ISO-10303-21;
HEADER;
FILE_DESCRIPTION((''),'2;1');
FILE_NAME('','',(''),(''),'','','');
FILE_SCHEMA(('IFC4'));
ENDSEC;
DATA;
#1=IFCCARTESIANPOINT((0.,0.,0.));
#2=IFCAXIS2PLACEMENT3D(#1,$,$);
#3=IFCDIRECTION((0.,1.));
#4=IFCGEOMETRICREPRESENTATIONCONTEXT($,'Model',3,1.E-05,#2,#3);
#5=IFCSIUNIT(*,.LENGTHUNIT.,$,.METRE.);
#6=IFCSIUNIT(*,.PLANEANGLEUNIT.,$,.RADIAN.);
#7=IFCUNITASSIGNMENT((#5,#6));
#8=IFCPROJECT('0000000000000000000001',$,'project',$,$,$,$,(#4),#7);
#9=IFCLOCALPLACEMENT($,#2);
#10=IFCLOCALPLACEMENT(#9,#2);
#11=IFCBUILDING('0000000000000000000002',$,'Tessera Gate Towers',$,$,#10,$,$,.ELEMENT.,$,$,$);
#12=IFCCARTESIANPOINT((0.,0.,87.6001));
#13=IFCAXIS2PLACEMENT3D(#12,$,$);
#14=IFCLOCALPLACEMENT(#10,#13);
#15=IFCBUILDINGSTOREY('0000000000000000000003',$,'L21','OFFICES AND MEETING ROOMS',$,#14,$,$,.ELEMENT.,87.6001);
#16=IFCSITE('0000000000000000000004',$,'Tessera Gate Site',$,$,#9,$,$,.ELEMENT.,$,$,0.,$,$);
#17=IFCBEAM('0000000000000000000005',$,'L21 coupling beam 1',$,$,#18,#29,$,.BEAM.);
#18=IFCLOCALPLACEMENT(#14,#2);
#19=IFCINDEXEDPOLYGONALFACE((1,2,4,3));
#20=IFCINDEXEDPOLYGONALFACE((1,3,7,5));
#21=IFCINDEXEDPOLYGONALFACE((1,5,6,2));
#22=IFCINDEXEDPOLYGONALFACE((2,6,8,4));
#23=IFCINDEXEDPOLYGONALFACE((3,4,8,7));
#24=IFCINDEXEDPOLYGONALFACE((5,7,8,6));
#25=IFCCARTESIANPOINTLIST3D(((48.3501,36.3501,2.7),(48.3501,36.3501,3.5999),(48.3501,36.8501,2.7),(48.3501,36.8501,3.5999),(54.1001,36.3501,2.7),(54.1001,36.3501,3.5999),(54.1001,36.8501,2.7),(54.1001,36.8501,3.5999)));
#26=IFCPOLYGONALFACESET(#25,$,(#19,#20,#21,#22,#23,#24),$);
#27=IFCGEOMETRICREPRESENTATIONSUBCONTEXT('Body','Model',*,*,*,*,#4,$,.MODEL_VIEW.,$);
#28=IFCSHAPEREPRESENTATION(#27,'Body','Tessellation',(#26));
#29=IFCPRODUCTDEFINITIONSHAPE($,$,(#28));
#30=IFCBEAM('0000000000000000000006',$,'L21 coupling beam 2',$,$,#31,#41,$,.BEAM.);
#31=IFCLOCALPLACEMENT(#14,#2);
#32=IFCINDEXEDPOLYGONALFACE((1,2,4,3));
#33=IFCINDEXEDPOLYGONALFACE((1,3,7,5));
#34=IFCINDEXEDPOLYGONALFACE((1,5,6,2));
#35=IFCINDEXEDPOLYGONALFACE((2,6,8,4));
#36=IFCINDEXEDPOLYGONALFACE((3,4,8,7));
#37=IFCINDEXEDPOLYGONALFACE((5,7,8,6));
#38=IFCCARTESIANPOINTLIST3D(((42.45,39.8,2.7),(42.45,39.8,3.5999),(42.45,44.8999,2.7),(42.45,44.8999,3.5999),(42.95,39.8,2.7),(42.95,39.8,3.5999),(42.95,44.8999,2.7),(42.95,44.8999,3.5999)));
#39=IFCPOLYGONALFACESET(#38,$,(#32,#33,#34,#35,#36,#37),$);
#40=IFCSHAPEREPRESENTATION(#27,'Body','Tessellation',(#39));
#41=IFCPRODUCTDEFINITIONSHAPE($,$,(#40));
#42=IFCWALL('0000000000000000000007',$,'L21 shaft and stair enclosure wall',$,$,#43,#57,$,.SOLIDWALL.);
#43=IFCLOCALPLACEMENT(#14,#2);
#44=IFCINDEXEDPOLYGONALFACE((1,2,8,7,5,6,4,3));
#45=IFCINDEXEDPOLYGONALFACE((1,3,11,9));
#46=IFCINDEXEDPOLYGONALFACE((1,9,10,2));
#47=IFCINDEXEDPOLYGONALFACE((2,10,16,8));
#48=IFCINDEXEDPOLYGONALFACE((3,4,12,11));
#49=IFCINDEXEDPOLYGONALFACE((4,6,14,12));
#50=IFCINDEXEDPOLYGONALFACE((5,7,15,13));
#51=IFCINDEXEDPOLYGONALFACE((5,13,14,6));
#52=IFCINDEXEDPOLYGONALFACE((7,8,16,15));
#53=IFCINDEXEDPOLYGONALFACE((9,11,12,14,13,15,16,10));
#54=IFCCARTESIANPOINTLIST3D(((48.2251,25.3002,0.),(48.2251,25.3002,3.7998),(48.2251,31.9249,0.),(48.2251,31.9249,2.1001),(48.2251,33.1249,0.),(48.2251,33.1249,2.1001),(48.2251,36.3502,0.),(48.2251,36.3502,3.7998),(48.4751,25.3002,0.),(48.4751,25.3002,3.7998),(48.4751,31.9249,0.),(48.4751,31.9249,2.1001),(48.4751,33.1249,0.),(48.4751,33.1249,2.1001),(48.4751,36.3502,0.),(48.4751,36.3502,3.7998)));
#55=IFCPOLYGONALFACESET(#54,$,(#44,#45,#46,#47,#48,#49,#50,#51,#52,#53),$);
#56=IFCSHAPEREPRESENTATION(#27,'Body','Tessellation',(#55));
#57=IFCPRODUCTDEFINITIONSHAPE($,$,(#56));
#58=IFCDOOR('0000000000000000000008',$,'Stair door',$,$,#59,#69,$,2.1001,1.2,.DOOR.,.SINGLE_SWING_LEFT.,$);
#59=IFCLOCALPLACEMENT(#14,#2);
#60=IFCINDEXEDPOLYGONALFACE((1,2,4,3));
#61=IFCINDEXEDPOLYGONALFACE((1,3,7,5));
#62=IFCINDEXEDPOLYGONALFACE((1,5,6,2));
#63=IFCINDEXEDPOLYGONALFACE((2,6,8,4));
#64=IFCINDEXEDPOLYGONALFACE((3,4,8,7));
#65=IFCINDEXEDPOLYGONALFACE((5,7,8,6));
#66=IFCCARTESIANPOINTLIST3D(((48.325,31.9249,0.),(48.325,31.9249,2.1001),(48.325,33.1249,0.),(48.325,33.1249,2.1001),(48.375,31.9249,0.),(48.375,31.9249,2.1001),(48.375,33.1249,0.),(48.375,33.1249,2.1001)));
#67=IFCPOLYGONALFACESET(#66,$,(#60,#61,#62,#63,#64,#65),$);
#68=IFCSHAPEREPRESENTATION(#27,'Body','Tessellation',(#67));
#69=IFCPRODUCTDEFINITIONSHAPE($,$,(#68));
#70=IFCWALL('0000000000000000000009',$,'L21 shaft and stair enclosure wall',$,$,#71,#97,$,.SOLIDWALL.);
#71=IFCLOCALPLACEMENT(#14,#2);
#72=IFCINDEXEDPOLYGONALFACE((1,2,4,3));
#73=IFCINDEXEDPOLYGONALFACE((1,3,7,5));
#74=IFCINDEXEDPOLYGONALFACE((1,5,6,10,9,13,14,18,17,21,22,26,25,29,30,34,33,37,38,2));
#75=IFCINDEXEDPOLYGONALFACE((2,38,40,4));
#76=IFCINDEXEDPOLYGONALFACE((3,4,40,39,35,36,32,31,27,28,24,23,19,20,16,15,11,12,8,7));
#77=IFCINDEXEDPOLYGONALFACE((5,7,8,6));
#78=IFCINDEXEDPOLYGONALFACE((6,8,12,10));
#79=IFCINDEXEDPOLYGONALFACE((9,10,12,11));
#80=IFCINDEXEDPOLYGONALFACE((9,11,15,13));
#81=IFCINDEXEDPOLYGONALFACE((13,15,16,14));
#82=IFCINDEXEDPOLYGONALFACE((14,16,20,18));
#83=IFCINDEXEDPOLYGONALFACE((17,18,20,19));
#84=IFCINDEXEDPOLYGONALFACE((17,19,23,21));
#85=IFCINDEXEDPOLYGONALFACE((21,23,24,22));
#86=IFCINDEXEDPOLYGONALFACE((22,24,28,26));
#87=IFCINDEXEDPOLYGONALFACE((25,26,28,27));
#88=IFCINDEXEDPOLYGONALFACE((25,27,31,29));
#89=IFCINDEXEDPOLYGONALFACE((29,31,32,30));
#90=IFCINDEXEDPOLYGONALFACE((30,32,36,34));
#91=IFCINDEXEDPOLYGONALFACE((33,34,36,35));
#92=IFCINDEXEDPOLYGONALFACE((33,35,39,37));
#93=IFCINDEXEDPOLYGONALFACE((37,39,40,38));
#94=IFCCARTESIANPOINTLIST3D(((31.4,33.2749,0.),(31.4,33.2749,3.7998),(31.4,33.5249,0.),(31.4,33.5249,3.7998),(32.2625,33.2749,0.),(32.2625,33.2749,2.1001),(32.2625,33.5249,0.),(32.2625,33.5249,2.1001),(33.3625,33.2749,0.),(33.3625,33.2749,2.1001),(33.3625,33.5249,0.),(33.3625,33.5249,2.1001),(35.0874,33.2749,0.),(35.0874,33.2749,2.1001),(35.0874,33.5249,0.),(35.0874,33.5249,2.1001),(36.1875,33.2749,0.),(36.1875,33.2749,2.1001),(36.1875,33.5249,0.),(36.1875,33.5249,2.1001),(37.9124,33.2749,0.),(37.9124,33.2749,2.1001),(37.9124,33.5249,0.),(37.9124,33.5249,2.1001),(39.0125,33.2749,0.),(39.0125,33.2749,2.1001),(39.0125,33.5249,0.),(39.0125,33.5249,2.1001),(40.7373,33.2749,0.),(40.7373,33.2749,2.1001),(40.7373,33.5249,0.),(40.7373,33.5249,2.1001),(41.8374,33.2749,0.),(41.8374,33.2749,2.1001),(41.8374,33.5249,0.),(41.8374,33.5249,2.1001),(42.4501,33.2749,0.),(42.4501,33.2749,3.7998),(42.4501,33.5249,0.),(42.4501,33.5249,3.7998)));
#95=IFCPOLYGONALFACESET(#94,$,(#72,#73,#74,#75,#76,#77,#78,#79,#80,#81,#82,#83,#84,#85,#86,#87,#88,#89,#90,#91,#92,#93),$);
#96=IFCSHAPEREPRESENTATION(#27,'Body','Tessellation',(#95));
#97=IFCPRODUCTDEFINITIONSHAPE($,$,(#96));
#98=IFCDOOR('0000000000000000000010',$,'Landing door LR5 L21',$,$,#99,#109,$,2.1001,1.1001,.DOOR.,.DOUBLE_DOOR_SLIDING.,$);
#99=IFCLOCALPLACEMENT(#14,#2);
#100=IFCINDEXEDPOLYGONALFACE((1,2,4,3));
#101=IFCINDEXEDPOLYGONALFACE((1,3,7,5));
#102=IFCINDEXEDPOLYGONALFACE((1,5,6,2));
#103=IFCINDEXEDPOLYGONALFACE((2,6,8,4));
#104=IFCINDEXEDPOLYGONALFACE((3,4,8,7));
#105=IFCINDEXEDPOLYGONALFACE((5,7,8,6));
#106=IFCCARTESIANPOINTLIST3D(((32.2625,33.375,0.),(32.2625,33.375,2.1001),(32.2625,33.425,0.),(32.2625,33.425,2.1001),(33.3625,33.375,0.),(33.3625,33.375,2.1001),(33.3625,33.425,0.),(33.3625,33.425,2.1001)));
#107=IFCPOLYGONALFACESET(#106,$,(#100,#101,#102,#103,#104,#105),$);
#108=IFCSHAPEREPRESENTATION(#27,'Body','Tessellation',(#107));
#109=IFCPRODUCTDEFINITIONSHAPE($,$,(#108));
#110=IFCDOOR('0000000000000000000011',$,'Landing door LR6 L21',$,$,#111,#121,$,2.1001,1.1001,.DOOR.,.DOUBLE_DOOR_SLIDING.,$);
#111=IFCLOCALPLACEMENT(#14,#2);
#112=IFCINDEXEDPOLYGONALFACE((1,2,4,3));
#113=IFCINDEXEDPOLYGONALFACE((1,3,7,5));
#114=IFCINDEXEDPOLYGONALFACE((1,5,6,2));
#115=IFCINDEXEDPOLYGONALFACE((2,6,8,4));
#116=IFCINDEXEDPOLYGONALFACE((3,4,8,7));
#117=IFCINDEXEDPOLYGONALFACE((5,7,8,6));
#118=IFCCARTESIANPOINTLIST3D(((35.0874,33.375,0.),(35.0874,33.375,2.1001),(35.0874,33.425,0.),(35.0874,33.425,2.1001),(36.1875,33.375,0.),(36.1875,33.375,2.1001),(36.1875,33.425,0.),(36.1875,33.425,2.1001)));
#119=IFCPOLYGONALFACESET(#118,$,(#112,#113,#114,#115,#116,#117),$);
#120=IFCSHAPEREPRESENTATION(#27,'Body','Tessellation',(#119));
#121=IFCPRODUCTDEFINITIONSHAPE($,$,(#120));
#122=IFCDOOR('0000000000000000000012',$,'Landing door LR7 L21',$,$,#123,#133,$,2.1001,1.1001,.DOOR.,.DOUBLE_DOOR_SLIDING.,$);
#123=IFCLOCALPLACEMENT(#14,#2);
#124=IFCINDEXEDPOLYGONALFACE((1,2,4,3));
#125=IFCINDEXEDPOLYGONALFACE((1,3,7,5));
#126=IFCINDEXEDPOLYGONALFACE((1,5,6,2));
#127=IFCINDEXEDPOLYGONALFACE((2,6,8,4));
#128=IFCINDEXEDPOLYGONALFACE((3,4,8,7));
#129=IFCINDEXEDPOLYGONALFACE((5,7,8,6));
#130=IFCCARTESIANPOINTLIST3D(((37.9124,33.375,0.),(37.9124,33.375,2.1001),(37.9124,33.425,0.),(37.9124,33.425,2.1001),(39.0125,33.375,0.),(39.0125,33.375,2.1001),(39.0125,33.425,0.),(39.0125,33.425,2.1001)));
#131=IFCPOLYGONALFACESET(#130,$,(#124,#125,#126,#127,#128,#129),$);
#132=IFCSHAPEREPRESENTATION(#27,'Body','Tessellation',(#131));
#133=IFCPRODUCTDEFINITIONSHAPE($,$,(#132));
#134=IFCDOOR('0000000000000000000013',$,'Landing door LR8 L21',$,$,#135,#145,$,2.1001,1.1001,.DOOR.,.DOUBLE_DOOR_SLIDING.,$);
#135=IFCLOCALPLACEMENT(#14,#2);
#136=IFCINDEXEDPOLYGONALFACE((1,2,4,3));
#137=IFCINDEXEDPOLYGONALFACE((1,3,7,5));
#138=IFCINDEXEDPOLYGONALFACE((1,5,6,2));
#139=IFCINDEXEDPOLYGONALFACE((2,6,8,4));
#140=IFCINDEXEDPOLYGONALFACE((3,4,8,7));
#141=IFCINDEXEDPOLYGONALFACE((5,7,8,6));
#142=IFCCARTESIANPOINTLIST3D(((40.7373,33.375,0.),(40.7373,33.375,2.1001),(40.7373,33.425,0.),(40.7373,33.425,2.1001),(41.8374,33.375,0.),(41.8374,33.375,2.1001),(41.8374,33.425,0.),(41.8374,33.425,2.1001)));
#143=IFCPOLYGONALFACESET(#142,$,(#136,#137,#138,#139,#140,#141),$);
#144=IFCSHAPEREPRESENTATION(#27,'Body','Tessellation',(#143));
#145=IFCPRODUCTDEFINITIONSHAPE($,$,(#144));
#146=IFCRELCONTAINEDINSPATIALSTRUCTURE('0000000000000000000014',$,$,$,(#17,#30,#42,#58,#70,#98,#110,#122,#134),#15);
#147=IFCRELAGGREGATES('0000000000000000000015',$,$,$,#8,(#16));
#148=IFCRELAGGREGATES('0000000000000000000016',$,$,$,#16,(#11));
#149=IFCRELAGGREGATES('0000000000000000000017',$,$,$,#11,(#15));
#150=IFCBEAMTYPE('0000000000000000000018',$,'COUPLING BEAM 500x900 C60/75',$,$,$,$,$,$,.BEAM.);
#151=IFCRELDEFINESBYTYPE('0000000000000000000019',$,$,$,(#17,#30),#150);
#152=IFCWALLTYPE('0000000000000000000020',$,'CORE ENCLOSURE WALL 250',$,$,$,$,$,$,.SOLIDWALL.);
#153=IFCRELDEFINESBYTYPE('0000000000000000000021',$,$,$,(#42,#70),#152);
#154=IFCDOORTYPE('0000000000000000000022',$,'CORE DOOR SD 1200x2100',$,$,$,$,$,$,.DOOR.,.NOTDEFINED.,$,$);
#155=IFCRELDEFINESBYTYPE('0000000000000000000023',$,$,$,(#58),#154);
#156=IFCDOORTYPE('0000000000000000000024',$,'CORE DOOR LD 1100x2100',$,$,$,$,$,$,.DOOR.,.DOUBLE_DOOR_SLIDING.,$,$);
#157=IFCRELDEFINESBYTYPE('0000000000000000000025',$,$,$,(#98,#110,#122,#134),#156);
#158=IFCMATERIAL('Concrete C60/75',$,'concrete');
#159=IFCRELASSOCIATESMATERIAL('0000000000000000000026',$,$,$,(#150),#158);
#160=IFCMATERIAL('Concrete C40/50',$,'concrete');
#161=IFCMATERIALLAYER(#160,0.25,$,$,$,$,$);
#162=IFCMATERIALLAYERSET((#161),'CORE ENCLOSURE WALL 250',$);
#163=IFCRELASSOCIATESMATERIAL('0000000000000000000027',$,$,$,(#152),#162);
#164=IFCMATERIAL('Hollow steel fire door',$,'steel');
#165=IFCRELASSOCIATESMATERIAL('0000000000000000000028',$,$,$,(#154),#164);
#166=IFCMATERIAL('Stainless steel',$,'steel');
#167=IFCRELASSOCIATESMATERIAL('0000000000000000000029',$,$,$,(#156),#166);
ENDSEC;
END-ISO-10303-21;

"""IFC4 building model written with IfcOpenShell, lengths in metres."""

from ifc_helpers import new_model, si_unit, direction, frame, frame_2d, origin, origin_2d, place, context, subcontext, project, spatial, rectangle, extrude, source, transform, mapped, material, layer, layer_set, material_profile, profile_set, type_object, element, fill, save


model = new_model("IFC4")

# Units and contexts
model_context = context("Model", 3, precision=1e-05, world=origin(), true_north=direction((0.0, 1.0)))
body_context = subcontext(model_context, "Body", "Model", "MODEL_VIEW")
ifc_project = project(units=[si_unit("LENGTHUNIT", "METRE"), si_unit("PLANEANGLEUNIT", "RADIAN")], contexts=[model_context])

# Site, building, storey
site_placement = place(None, origin())
site = spatial("IfcSite", under=ifc_project, at=site_placement, Name="Tessera Gate Site", CompositionType="ELEMENT", RefElevation=0.0)
building_placement = place(site_placement, origin())
building = spatial("IfcBuilding", under=site, at=building_placement, Name="Tessera Gate Towers", CompositionType="ELEMENT")
storey_placement = place(building_placement, frame((0.0, 0.0, 87.6001)))
storey = spatial("IfcBuildingStorey", under=building, at=storey_placement, Name="L21", Description="OFFICES AND MEETING ROOMS", CompositionType="ELEMENT", Elevation=87.6001)

# Beams
ifc_material_1 = material(Name="Concrete C60/75", Category="concrete")
ifc_material_profile = material_profile(ifc_material_1, rectangle(XDim=0.5, YDim=0.8999, at=origin_2d()), Name="RC 500x900")
ifc_profile_set = profile_set([ifc_material_profile], Name="Concrete C60/75")
beam_type = type_object("IfcBeamType", Name="COUPLING BEAM 500x900 C60/75", PredefinedType="BEAM", material=ifc_profile_set)
beam_1_placement = place(storey_placement, frame((48.3501, 36.6001, 3.1499), z_axis=(1.0, 0.0, 0.0), x_axis=(0.0, 1.0, 0.0)))
element("IfcBeam", 1, at=beam_1_placement, inside=storey, type_object=beam_type, Name="L21 coupling beam 1", PredefinedType="BEAM", context=body_context, shape_type="SweptSolid", body=[
    extrude(rectangle(XDim=0.5, YDim=0.8999, at=origin_2d()), origin(), (0.0, 0.0, 1.0), 5.75),
])
beam_2_placement = place(storey_placement, frame((42.7, 39.8, 3.1499), z_axis=(0.0, 1.0, 0.0), x_axis=(-1.0, 0.0, 0.0)))
element("IfcBeam", 2, at=beam_2_placement, inside=storey, type_object=beam_type, Name="L21 coupling beam 2", PredefinedType="BEAM", context=body_context, shape_type="SweptSolid", body=[
    extrude(rectangle(XDim=0.5, YDim=0.8999, at=origin_2d()), origin(), (0.0, 0.0, 1.0), 5.0999),
])

# Wall, opening, door
ifc_material_2 = material(Name="Concrete C40/50", Category="concrete")
ifc_layer_1 = layer(ifc_material_2, 0.25)
ifc_layer_set_1 = layer_set([ifc_layer_1], Name="CORE ENCLOSURE WALL 250")
wall_type_1 = type_object("IfcWallType", Name="CORE ENCLOSURE WALL 250", PredefinedType="SOLIDWALL", material=ifc_layer_set_1)
wall_1_placement = place(storey_placement, frame((48.3501, 36.3501, 0.0), z_axis=(0.0, 0.0, 1.0), x_axis=(0.0, -1.0, 0.0)))
wall_1 = element("IfcWall", 3, at=wall_1_placement, inside=storey, type_object=wall_type_1, Name="L21 shaft and stair enclosure wall", PredefinedType="SOLIDWALL", context=body_context, shape_type="SweptSolid", body=[
    extrude(rectangle(XDim=11.05, YDim=0.25, at=frame_2d((5.5249, 0.0))), origin(), (0.0, 0.0, 1.0), 3.7998),
])
shared_shape_1 = source(origin(), body_context, "Body", "SweptSolid", [
    extrude(rectangle(XDim=1.2, YDim=2.1001, at=frame_2d((0.6001, 1.05))), frame((0.0, 0.135, 0.0), z_axis=(0.0, -1.0, 0.0), x_axis=(1.0, 0.0, 0.0)), (0.0, 0.0, 1.0), 0.27),
])
opening_1_placement = place(wall_1_placement, frame((3.2251, 0.0, 0.0)))
opening_1 = element("IfcOpeningElement", 4, at=opening_1_placement, cuts=wall_1, PredefinedType="OPENING", context=body_context, shape_type="MappedRepresentation", body=[
    mapped(shared_shape_1, transform((0.0, 0.0, 0.0), scale=1.0)),
])
ifc_material_3 = material(Name="Hollow steel fire door", Category="steel")
door_type_1 = type_object("IfcDoorType", Name="CORE DOOR SD 1200x2100", OperationType="NOTDEFINED", PredefinedType="DOOR", material=ifc_material_3)
shared_shape_2 = source(origin(), body_context, "Body", "SweptSolid", [
    extrude(rectangle(XDim=1.2, YDim=2.1001, at=frame_2d((0.6001, 1.05))), frame((0.0, 0.0249, 0.0), z_axis=(0.0, -1.0, 0.0), x_axis=(1.0, 0.0, 0.0)), (0.0, 0.0, 1.0), 0.05),
])
door_1_placement = place(opening_1_placement, origin())
door_1 = element("IfcDoor", 5, at=door_1_placement, inside=storey, type_object=door_type_1, Name="Stair door", OperationType="SINGLE_SWING_LEFT", OverallHeight=2.1001, OverallWidth=1.2, PredefinedType="DOOR", context=body_context, shape_type="MappedRepresentation", body=[
    mapped(shared_shape_2, transform((0.0, 0.0, 0.0), scale=1.0)),
])
fill(opening_1, door_1)

# Wall, openings, doors
wall_2_placement = place(storey_placement, frame((42.45, 33.3999, 0.0), z_axis=(0.0, 0.0, 1.0), x_axis=(-1.0, 0.0, 0.0)))
wall_2 = element("IfcWall", 6, at=wall_2_placement, inside=storey, type_object=wall_type_1, Name="L21 shaft and stair enclosure wall", PredefinedType="SOLIDWALL", context=body_context, shape_type="SweptSolid", body=[
    extrude(rectangle(XDim=11.05, YDim=0.25, at=frame_2d((5.5249, 0.0))), origin(), (0.0, 0.0, 1.0), 3.7998),
])
shared_shape_3 = source(origin(), body_context, "Body", "SweptSolid", [
    extrude(rectangle(XDim=1.1001, YDim=2.1001, at=frame_2d((0.55, 1.05))), frame((0.0, 0.135, 0.0), z_axis=(0.0, -1.0, 0.0), x_axis=(1.0, 0.0, 0.0)), (0.0, 0.0, 1.0), 0.27),
])
opening_2_placement = place(wall_2_placement, frame((9.0874, 0.0, 0.0)))
opening_2 = element("IfcOpeningElement", 7, at=opening_2_placement, cuts=wall_2, PredefinedType="OPENING", context=body_context, shape_type="MappedRepresentation", body=[
    mapped(shared_shape_3, transform((0.0, 0.0, 0.0), scale=1.0)),
])
opening_3_placement = place(wall_2_placement, frame((6.2625, 0.0, 0.0)))
opening_3 = element("IfcOpeningElement", 8, at=opening_3_placement, cuts=wall_2, PredefinedType="OPENING", context=body_context, shape_type="MappedRepresentation", body=[
    mapped(shared_shape_3, transform((0.0, 0.0, 0.0), scale=1.0)),
])
opening_4_placement = place(wall_2_placement, frame((3.4375, 0.0, 0.0)))
opening_4 = element("IfcOpeningElement", 9, at=opening_4_placement, cuts=wall_2, PredefinedType="OPENING", context=body_context, shape_type="MappedRepresentation", body=[
    mapped(shared_shape_3, transform((0.0, 0.0, 0.0), scale=1.0)),
])
opening_5_placement = place(wall_2_placement, frame((0.6125, 0.0, 0.0)))
opening_5 = element("IfcOpeningElement", 10, at=opening_5_placement, cuts=wall_2, PredefinedType="OPENING", context=body_context, shape_type="MappedRepresentation", body=[
    mapped(shared_shape_3, transform((0.0, 0.0, 0.0), scale=1.0)),
])
ifc_material_4 = material(Name="Stainless steel", Category="steel")
door_type_2 = type_object("IfcDoorType", Name="CORE DOOR LD 1100x2100", OperationType="DOUBLE_DOOR_SLIDING", PredefinedType="DOOR", material=ifc_material_4)
shared_shape_4 = source(origin(), body_context, "Body", "SweptSolid", [
    extrude(rectangle(XDim=1.1001, YDim=2.1001, at=frame_2d((0.55, 1.05))), frame((0.0, 0.0249, 0.0), z_axis=(0.0, -1.0, 0.0), x_axis=(1.0, 0.0, 0.0)), (0.0, 0.0, 1.0), 0.05),
])
door_2_placement = place(opening_2_placement, origin())
door_2 = element("IfcDoor", 11, at=door_2_placement, inside=storey, type_object=door_type_2, Name="Landing door LR5 L21", OperationType="DOUBLE_DOOR_SLIDING", OverallHeight=2.1001, OverallWidth=1.1001, PredefinedType="DOOR", context=body_context, shape_type="MappedRepresentation", body=[
    mapped(shared_shape_4, transform((0.0, 0.0, 0.0), scale=1.0)),
])
fill(opening_2, door_2)
door_3_placement = place(opening_3_placement, origin())
door_3 = element("IfcDoor", 12, at=door_3_placement, inside=storey, type_object=door_type_2, Name="Landing door LR6 L21", OperationType="DOUBLE_DOOR_SLIDING", OverallHeight=2.1001, OverallWidth=1.1001, PredefinedType="DOOR", context=body_context, shape_type="MappedRepresentation", body=[
    mapped(shared_shape_4, transform((0.0, 0.0, 0.0), scale=1.0)),
])
fill(opening_3, door_3)
door_4_placement = place(opening_4_placement, origin())
door_4 = element("IfcDoor", 13, at=door_4_placement, inside=storey, type_object=door_type_2, Name="Landing door LR7 L21", OperationType="DOUBLE_DOOR_SLIDING", OverallHeight=2.1001, OverallWidth=1.1001, PredefinedType="DOOR", context=body_context, shape_type="MappedRepresentation", body=[
    mapped(shared_shape_4, transform((0.0, 0.0, 0.0), scale=1.0)),
])
fill(opening_4, door_4)
door_5_placement = place(opening_5_placement, origin())
door_5 = element("IfcDoor", 14, at=door_5_placement, inside=storey, type_object=door_type_2, Name="Landing door LR8 L21", OperationType="DOUBLE_DOOR_SLIDING", OverallHeight=2.1001, OverallWidth=1.1001, PredefinedType="DOOR", context=body_context, shape_type="MappedRepresentation", body=[
    mapped(shared_shape_4, transform((0.0, 0.0, 0.0), scale=1.0)),
])
fill(opening_5, door_5)

save(model, "model.ifc")
